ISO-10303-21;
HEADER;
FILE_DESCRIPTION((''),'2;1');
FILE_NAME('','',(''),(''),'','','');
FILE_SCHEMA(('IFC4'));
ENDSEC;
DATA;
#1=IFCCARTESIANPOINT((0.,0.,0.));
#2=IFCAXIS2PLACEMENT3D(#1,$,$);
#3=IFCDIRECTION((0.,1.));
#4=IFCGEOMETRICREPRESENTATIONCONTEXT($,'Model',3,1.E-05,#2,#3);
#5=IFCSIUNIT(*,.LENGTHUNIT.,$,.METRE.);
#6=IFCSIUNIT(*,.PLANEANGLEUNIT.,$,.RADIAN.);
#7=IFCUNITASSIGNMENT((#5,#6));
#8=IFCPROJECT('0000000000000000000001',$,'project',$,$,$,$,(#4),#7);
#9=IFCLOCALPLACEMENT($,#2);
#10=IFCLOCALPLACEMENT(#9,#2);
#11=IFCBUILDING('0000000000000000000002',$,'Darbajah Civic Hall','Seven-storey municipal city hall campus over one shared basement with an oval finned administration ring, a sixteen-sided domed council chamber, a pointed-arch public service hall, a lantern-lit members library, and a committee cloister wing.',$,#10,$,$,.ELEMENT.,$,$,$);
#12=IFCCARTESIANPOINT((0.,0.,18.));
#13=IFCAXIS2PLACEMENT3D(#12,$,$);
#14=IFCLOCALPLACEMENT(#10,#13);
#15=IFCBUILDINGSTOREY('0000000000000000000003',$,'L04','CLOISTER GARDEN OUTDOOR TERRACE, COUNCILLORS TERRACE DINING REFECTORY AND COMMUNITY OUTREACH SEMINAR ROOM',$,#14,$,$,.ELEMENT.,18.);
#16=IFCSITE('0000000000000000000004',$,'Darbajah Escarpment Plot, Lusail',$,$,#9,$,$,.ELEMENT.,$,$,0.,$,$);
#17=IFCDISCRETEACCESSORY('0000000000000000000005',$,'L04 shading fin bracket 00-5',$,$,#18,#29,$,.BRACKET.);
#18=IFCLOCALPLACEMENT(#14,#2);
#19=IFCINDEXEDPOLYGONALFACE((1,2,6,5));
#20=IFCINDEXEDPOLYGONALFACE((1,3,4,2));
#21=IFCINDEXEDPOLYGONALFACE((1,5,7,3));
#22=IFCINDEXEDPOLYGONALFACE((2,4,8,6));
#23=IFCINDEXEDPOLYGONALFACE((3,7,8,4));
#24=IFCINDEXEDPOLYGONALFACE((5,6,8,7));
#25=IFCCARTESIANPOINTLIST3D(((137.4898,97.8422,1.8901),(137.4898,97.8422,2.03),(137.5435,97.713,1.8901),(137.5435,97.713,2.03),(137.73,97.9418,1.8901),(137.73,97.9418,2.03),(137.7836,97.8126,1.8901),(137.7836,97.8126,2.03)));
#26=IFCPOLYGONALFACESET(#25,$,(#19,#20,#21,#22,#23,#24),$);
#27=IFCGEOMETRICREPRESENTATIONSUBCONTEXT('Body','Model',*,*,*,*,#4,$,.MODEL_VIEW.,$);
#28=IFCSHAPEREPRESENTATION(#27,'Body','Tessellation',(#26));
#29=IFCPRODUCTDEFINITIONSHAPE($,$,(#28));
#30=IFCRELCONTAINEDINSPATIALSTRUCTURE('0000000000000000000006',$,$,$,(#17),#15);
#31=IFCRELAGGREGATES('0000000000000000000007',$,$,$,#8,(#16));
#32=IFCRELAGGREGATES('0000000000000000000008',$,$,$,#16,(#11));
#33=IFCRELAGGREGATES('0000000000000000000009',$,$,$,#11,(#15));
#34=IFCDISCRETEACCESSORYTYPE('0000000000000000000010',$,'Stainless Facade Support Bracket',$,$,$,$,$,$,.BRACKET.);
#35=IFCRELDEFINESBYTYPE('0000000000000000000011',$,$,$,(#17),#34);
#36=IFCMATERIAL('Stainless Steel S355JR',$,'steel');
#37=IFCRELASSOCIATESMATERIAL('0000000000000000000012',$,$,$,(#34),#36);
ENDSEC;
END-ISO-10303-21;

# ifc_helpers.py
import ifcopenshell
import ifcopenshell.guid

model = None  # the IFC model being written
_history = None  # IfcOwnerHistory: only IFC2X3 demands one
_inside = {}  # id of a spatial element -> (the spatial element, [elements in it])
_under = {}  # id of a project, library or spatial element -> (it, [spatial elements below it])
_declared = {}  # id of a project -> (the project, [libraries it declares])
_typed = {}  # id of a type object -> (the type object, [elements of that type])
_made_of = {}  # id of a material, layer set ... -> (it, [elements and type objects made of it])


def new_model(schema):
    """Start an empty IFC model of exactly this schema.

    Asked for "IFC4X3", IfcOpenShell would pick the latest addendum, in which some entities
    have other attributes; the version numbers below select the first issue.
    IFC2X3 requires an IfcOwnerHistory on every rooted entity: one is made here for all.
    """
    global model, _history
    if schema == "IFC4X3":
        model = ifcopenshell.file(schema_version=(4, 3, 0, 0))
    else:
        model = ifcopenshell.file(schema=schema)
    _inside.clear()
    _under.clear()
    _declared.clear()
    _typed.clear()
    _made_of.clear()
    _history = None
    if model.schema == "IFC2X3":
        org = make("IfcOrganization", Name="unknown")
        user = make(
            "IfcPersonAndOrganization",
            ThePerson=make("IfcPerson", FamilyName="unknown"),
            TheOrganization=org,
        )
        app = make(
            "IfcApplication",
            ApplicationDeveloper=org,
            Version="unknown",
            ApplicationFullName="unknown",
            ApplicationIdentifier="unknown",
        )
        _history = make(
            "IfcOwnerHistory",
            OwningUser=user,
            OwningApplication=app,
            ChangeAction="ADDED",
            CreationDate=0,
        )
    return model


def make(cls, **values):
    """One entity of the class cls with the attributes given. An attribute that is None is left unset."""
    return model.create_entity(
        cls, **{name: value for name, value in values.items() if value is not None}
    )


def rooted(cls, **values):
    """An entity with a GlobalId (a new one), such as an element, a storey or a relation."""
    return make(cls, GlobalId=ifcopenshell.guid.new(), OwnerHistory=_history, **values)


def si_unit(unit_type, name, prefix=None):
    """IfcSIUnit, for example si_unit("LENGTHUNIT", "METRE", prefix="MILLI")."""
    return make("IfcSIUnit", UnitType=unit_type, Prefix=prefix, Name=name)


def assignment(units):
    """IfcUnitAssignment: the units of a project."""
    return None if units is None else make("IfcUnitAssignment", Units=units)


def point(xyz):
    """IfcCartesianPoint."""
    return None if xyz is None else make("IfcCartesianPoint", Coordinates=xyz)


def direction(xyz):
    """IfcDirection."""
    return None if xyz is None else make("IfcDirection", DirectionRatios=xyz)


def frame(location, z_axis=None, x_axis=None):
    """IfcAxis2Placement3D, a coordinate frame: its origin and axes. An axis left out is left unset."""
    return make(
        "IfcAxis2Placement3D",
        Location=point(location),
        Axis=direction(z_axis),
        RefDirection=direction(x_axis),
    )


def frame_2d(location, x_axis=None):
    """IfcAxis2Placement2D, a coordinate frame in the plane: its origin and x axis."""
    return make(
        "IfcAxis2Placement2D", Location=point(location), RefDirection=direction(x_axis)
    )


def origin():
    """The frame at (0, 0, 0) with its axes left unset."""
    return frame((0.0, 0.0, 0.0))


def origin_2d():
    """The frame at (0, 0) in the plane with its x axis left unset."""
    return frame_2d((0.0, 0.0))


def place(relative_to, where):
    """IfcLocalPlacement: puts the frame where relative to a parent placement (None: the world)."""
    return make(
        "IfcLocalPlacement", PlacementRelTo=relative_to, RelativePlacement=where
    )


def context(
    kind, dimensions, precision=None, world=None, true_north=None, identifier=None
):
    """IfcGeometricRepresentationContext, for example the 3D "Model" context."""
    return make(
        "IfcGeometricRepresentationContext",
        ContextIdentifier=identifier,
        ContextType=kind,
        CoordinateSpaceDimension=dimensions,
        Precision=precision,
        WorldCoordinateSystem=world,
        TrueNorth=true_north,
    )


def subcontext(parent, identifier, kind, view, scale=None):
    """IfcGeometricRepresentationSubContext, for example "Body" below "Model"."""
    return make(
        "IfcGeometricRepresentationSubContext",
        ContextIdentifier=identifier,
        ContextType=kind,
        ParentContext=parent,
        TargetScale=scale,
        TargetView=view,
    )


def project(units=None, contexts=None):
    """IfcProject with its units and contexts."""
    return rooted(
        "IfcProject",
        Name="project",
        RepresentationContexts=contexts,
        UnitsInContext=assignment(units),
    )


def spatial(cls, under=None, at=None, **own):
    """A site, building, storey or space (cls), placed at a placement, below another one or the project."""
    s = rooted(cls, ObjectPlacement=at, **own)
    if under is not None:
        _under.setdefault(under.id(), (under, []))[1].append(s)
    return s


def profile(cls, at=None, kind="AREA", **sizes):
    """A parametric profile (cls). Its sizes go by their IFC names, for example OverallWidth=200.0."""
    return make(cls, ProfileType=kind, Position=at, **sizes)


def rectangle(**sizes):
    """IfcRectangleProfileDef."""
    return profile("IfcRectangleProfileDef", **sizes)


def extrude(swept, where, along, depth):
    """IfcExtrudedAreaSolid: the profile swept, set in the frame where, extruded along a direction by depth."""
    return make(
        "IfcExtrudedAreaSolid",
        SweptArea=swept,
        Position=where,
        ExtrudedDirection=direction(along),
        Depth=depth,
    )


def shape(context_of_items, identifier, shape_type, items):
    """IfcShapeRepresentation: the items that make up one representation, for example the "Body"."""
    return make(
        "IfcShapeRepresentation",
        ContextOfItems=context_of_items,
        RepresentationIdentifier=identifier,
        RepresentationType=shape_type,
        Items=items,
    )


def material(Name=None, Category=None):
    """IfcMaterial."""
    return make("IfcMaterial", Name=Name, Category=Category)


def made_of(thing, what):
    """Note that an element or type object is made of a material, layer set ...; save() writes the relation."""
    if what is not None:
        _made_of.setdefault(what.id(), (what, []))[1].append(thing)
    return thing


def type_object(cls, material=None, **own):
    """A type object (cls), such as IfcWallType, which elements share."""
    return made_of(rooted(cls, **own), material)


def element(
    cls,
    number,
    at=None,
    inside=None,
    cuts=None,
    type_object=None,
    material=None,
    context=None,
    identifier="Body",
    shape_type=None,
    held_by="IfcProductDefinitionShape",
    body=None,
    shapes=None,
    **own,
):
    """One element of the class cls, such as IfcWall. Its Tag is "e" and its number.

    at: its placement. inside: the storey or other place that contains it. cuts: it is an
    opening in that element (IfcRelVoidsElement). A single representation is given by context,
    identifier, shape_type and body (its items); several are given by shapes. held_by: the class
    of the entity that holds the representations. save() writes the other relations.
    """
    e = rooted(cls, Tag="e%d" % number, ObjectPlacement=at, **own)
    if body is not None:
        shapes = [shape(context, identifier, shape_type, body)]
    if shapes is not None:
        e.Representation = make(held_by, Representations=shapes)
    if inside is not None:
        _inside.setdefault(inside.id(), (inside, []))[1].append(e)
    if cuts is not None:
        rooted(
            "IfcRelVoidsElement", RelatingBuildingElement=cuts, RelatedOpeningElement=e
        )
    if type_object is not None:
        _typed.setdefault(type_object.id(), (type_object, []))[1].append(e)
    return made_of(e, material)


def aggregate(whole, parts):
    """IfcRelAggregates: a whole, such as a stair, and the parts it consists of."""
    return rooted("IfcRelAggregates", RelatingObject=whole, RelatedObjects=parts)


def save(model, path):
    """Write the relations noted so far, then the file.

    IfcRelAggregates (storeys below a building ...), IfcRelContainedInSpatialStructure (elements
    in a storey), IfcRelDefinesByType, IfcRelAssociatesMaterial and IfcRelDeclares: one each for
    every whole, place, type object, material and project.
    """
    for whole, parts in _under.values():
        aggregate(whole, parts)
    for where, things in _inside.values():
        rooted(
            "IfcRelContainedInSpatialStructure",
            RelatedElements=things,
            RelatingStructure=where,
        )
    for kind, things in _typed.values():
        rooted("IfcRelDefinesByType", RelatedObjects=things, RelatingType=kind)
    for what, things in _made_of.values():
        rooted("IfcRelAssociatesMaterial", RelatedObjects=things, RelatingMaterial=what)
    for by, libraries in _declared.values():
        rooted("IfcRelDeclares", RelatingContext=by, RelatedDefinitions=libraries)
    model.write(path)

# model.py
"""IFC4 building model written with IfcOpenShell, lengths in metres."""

from ifc_helpers import new_model, si_unit, direction, frame, origin, origin_2d, place, context, subcontext, project, spatial, rectangle, extrude, material, type_object, element, save


model = new_model("IFC4")

# Units and contexts
model_context = context("Model", 3, precision=1e-05, world=origin(), true_north=direction((0.0, 1.0)))
body_context = subcontext(model_context, "Body", "Model", "MODEL_VIEW")
ifc_project = project(units=[si_unit("LENGTHUNIT", "METRE"), si_unit("PLANEANGLEUNIT", "RADIAN")], contexts=[model_context])

# Site, building, storey
site_placement = place(None, origin())
site = spatial("IfcSite", under=ifc_project, at=site_placement, Name="Darbajah Escarpment Plot, Lusail", CompositionType="ELEMENT", RefElevation=0.0)
building_placement = place(site_placement, origin())
building = spatial("IfcBuilding", under=site, at=building_placement, Name="Darbajah Civic Hall", Description="Seven-storey municipal city hall campus over one shared basement with an oval finned administration ring, a sixteen-sided domed council chamber, a pointed-arch public service hall, a lantern-lit members library, and a committee cloister wing.", CompositionType="ELEMENT")
storey_placement = place(building_placement, frame((0.0, 0.0, 18.0)))
storey = spatial("IfcBuildingStorey", under=building, at=storey_placement, Name="L04", Description="CLOISTER GARDEN OUTDOOR TERRACE, COUNCILLORS TERRACE DINING REFECTORY AND COMMUNITY OUTREACH SEMINAR ROOM", CompositionType="ELEMENT", Elevation=18.0)

# Discrete accessory
ifc_material_1 = material(Name="Stainless Steel S355JR", Category="steel")
discrete_accessory_type = type_object("IfcDiscreteAccessoryType", Name="Stainless Facade Support Bracket", PredefinedType="BRACKET", material=ifc_material_1)
discrete_accessory_placement = place(storey_placement, frame((137.6367, 97.8274, 1.8901), z_axis=(0.0, 0.0, 1.0), x_axis=(0.923612, 0.383328, 0.0)))
element("IfcDiscreteAccessory", 1, at=discrete_accessory_placement, inside=storey, type_object=discrete_accessory_type, Name="L04 shading fin bracket 00-5", PredefinedType="BRACKET", context=body_context, shape_type="SweptSolid", body=[
    extrude(rectangle(XDim=0.26, YDim=0.1399, at=origin_2d()), origin(), (0.0, 0.0, 1.0), 0.1399),
])

save(model, "model.ifc")
